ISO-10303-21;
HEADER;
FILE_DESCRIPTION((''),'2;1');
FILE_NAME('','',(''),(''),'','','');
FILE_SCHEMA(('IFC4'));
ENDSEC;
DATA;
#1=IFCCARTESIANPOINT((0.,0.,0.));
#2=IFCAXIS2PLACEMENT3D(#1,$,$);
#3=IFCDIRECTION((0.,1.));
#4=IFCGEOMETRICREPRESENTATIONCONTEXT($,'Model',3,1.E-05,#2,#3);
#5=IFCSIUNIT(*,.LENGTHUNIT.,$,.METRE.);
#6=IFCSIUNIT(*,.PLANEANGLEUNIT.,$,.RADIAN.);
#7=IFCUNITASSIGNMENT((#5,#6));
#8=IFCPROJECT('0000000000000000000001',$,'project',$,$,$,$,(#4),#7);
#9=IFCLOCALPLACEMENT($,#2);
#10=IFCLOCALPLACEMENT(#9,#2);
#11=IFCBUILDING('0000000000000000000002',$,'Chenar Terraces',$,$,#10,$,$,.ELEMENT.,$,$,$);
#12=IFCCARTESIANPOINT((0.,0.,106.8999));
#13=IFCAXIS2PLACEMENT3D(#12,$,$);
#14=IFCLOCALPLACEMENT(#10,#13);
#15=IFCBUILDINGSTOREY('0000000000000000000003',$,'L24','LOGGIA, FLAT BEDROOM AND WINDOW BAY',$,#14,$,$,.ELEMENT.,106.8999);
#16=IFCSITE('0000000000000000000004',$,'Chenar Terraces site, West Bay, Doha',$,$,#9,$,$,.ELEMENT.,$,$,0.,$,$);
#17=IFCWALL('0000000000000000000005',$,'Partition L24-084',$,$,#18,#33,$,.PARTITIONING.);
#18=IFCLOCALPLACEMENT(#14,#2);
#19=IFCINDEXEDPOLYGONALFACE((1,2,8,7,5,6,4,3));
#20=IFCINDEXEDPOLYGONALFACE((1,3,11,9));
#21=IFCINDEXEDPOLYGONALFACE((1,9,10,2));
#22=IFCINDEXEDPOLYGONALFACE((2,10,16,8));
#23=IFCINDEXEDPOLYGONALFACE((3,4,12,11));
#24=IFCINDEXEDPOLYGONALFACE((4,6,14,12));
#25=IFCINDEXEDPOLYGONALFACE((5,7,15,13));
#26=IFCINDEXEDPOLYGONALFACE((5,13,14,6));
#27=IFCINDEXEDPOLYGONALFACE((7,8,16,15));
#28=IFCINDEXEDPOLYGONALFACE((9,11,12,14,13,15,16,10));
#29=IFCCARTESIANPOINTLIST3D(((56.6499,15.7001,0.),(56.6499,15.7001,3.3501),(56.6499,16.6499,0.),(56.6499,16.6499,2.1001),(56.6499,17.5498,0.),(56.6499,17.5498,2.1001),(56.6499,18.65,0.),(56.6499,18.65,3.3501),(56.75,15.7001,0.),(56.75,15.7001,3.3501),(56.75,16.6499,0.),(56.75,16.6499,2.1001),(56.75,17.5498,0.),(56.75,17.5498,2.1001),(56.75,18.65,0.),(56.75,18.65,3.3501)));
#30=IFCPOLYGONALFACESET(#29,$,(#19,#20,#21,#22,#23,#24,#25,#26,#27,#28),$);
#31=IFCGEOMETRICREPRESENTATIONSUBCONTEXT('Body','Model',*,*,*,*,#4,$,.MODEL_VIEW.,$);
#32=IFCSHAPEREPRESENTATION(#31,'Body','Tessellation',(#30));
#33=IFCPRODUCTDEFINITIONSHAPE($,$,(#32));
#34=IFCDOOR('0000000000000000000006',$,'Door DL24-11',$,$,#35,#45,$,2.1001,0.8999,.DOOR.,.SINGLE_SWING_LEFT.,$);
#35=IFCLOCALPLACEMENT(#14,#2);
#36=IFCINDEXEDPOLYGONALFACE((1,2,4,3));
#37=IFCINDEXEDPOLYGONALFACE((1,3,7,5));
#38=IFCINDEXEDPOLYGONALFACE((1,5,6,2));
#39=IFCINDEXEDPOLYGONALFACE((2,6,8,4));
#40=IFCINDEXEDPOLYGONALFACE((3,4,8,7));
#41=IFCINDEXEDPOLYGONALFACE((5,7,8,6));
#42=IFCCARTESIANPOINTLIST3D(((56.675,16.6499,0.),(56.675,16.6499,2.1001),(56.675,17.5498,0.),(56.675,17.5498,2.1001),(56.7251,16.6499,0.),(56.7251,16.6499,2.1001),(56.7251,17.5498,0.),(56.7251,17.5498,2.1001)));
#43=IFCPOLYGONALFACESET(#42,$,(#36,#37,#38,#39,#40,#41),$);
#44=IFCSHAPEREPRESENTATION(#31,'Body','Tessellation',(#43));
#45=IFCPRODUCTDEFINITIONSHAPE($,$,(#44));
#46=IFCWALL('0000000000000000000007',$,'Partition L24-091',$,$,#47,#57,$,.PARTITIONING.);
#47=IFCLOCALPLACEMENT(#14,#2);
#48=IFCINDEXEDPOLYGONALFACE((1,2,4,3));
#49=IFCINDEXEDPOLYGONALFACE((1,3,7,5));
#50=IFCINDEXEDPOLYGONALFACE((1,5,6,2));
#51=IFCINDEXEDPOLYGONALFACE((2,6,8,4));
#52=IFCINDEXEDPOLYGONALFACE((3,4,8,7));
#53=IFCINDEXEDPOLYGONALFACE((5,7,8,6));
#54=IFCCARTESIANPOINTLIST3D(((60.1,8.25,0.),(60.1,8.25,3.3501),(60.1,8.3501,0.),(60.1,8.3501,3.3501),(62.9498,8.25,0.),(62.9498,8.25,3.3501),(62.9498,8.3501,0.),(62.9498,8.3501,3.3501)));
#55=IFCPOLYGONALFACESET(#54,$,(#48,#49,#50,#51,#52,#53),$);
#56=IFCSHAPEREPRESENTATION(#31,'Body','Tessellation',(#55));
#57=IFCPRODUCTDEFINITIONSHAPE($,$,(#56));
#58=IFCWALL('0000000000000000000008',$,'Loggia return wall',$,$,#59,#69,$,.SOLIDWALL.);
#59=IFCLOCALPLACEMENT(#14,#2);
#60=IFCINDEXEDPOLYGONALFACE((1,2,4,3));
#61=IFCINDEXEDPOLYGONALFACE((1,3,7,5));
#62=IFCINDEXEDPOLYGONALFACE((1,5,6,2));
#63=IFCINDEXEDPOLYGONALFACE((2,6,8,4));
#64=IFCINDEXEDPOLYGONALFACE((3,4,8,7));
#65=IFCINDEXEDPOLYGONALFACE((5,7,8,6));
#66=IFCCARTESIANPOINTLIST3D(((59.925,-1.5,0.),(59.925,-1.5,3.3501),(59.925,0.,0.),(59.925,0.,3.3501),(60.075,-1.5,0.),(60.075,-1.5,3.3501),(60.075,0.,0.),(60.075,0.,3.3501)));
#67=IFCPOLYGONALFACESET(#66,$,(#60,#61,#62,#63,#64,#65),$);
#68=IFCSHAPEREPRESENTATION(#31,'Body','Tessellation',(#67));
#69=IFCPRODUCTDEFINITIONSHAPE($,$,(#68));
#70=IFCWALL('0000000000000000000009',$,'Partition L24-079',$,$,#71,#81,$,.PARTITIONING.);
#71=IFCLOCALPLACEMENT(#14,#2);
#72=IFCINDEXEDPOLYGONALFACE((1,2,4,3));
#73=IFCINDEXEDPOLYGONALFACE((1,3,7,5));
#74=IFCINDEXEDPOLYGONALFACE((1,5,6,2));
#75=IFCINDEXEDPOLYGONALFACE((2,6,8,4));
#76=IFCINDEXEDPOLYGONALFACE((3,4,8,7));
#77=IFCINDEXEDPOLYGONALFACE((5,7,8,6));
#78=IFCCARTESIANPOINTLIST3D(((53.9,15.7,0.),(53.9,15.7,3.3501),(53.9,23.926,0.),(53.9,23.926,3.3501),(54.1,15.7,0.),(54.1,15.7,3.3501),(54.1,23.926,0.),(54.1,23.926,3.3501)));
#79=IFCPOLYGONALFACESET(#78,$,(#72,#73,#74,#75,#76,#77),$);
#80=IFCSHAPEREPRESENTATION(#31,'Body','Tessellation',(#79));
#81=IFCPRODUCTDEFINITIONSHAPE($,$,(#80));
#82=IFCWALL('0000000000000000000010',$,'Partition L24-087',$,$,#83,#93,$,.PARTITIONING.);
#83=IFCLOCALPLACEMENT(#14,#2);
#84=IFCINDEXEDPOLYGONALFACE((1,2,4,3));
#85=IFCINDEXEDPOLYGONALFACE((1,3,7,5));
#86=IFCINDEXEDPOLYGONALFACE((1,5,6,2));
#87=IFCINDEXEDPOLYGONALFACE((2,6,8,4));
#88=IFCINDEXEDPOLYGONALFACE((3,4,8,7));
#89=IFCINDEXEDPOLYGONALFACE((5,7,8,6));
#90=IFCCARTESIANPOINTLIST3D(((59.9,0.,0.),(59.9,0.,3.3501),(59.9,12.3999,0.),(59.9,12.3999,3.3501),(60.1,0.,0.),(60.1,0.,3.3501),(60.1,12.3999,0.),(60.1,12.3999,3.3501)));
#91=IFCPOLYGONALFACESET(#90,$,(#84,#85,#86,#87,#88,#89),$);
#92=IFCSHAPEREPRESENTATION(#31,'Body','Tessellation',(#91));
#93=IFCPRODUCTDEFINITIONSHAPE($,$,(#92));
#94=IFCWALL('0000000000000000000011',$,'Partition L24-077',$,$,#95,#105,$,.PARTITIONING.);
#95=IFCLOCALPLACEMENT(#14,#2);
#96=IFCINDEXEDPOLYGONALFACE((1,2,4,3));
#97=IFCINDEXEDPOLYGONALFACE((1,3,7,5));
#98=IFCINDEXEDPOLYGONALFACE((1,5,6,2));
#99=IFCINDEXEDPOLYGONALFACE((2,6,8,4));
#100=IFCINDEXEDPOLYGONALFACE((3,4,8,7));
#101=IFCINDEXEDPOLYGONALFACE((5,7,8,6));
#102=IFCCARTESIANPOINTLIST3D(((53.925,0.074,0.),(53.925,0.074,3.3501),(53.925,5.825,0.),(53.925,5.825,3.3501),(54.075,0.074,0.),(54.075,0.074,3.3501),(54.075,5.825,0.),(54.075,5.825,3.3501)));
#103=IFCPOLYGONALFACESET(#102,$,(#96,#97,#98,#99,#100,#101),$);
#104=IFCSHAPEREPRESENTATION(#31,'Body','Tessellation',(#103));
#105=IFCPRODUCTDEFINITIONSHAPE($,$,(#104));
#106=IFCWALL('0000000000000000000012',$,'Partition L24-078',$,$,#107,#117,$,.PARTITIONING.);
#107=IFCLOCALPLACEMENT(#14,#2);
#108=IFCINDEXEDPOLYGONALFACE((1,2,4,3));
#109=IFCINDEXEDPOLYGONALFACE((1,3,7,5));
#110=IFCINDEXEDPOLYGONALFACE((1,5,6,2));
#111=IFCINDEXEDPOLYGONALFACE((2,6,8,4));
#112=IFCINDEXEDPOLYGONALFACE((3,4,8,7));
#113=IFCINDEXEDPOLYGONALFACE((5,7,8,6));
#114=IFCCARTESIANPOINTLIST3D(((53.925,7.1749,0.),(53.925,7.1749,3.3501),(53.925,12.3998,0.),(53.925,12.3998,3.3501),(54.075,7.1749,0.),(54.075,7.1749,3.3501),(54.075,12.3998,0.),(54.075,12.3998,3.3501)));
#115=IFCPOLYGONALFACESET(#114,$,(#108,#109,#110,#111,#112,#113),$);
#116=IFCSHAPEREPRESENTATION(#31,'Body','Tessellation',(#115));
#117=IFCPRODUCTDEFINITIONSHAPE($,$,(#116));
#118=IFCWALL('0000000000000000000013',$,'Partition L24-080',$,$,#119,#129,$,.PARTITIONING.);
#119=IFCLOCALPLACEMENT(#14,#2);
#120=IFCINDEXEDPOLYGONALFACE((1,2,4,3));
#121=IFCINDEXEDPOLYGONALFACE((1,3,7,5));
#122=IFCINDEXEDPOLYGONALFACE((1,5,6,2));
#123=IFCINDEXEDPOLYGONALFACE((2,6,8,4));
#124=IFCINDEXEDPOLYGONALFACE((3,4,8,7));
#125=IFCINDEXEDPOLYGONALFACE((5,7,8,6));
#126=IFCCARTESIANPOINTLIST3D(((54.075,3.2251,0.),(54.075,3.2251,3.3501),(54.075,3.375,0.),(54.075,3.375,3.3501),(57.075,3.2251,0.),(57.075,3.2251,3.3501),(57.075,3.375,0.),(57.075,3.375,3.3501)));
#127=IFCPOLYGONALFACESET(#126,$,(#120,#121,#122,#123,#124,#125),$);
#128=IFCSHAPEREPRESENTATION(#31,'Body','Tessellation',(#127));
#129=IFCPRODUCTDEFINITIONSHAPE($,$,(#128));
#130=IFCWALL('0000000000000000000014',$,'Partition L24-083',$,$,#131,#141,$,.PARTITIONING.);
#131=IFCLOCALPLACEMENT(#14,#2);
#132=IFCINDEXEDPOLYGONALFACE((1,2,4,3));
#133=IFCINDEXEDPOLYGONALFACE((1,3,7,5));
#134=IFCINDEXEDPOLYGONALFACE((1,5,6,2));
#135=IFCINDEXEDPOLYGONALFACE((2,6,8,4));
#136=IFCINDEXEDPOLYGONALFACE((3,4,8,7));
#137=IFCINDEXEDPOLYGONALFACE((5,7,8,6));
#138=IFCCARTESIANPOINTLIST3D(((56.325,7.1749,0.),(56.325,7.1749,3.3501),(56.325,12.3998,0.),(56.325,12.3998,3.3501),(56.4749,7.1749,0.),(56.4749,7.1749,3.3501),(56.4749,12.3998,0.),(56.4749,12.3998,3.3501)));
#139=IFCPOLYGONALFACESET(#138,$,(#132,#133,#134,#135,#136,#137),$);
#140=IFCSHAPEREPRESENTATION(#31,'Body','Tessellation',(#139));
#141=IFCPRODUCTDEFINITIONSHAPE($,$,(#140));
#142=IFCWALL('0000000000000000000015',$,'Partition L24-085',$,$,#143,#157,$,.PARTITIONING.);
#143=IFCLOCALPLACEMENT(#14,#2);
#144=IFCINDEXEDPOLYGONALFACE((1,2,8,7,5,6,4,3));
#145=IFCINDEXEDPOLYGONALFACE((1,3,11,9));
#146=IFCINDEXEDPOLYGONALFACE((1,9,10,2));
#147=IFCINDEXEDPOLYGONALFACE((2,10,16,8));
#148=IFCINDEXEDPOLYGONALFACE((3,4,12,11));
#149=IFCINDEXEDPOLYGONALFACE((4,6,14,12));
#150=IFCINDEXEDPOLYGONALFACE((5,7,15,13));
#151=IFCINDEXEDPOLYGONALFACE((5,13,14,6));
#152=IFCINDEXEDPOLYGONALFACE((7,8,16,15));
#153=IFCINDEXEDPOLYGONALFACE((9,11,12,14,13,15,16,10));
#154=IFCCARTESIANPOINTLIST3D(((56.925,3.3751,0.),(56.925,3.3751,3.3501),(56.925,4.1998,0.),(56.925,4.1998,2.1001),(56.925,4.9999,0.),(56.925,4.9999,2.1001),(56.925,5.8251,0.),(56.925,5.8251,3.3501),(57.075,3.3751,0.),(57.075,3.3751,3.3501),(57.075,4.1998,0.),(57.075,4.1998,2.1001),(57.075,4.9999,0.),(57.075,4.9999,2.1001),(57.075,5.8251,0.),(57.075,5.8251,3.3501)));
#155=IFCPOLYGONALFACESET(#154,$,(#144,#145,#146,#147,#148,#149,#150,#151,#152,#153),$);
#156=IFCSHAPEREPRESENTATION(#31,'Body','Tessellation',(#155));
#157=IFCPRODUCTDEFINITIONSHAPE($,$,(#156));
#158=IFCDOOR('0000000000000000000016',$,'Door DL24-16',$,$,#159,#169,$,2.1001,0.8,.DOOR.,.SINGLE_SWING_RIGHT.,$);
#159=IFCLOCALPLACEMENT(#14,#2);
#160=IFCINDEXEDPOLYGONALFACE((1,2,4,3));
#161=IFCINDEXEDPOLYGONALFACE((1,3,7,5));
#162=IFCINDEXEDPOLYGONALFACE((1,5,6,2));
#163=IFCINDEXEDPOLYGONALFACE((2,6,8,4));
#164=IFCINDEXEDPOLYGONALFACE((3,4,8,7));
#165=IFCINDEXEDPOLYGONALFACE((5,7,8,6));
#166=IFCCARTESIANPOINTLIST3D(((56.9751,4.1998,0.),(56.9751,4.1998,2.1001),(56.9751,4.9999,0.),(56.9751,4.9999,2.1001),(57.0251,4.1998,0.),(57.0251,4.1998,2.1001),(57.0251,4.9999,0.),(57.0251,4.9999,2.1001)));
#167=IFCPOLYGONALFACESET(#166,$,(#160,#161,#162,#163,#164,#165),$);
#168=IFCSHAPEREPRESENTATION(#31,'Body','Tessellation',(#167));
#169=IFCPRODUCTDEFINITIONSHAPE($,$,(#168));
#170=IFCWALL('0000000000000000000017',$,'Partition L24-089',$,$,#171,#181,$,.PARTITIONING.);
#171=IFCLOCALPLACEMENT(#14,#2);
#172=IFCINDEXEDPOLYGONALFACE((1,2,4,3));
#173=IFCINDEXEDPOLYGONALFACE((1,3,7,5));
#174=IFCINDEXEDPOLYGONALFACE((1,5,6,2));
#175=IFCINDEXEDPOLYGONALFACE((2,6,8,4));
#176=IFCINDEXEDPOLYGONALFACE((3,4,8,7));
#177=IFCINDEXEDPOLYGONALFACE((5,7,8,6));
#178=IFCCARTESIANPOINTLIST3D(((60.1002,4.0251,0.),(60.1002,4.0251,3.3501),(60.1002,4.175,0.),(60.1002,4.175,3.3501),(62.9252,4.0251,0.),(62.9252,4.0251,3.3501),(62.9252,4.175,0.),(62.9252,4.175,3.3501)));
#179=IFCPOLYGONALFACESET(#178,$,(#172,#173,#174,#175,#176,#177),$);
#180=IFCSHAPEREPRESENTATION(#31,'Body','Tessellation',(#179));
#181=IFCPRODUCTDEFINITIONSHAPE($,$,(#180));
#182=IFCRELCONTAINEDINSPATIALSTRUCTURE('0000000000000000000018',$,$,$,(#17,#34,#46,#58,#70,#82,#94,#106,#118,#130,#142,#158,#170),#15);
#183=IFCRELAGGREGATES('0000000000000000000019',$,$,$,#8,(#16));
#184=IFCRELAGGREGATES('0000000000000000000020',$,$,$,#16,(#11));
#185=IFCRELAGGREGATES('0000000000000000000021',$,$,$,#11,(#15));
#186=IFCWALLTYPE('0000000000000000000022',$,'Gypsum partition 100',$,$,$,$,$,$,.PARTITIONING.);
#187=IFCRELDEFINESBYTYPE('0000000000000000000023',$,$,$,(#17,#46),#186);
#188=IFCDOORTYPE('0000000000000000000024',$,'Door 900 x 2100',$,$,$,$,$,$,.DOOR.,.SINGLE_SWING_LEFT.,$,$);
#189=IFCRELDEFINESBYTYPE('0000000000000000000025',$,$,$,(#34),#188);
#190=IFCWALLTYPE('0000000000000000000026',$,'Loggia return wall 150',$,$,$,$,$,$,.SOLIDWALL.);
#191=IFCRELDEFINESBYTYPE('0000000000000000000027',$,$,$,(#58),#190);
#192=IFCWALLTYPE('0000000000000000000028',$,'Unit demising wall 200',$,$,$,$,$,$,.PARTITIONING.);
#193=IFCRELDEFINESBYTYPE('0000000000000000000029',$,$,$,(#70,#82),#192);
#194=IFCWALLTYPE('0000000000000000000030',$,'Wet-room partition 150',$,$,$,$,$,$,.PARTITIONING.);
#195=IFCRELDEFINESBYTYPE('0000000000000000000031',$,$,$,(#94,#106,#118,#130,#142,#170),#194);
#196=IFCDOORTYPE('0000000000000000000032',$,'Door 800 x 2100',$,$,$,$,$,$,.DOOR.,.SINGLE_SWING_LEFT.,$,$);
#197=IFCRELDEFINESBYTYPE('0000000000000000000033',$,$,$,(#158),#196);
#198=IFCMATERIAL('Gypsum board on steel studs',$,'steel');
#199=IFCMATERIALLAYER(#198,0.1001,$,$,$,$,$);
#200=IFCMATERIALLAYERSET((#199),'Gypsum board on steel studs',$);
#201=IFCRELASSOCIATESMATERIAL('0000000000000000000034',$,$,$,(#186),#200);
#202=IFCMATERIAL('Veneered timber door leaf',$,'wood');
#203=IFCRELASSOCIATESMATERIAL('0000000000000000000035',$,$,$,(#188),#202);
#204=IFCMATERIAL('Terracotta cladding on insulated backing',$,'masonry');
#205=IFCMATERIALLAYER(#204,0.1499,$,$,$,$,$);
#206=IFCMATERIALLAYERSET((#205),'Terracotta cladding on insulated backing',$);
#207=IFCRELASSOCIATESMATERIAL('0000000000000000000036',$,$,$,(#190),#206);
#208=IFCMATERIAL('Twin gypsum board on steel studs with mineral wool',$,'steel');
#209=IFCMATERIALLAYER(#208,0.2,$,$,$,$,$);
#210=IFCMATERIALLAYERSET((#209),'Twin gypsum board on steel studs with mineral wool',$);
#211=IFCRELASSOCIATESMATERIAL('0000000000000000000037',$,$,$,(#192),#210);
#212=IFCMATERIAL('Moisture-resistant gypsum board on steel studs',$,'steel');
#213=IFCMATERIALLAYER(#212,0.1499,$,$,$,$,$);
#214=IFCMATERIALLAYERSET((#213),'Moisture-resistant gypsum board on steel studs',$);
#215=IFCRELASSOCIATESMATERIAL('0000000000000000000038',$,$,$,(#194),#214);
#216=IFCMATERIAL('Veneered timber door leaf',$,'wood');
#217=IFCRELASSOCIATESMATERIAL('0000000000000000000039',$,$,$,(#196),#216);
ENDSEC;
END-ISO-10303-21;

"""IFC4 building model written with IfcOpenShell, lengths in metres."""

from ifc_helpers import new_model, si_unit, direction, frame, frame_2d, origin, place, context, subcontext, project, spatial, rectangle, extrude, material, layer, layer_set, type_object, element, fill, save


model = new_model("IFC4")

# Units and contexts
model_context = context("Model", 3, precision=1e-05, world=origin(), true_north=direction((0.0, 1.0)))
body_context = subcontext(model_context, "Body", "Model", "MODEL_VIEW")
ifc_project = project(units=[si_unit("LENGTHUNIT", "METRE"), si_unit("PLANEANGLEUNIT", "RADIAN")], contexts=[model_context])

# Site, building, storey
site_placement = place(None, origin())
site = spatial("IfcSite", under=ifc_project, at=site_placement, Name="Chenar Terraces site, West Bay, Doha", CompositionType="ELEMENT", RefElevation=0.0)
building_placement = place(site_placement, origin())
building = spatial("IfcBuilding", under=site, at=building_placement, Name="Chenar Terraces", CompositionType="ELEMENT")
storey_placement = place(building_placement, frame((0.0, 0.0, 106.8999)))
storey = spatial("IfcBuildingStorey", under=building, at=storey_placement, Name="L24", Description="LOGGIA, FLAT BEDROOM AND WINDOW BAY", CompositionType="ELEMENT", Elevation=106.8999)

# Shared definitions
ifc_material_1 = material(Name="Gypsum board on steel studs", Category="steel")
ifc_layer_1 = layer(ifc_material_1, 0.1001)
ifc_layer_set_1 = layer_set([ifc_layer_1], Name="Gypsum board on steel studs")
wall_type_1 = type_object("IfcWallType", Name="Gypsum partition 100", PredefinedType="PARTITIONING", material=ifc_layer_set_1)

# Wall, opening, door
wall_1_placement = place(storey_placement, frame((56.7, 15.7, 0.0), z_axis=(0.0, 0.0, 1.0), x_axis=(0.0, 1.0, 0.0)))
wall_1 = element("IfcWall", 1, at=wall_1_placement, inside=storey, type_object=wall_type_1, Name="Partition L24-084", PredefinedType="PARTITIONING", context=body_context, shape_type="SweptSolid", body=[
    extrude(rectangle(XDim=2.95, YDim=0.1001, at=frame_2d((1.4751, 0.0))), origin(), (0.0, 0.0, 1.0), 3.3501),
])
opening_1_placement = place(wall_1_placement, frame((0.95, 0.0, 0.0)))
opening_1 = element("IfcOpeningElement", 2, at=opening_1_placement, cuts=wall_1, PredefinedType="OPENING", context=body_context, shape_type="SweptSolid", body=[
    extrude(rectangle(XDim=0.8999, YDim=2.1001, at=frame_2d((0.45, 1.05))), frame((0.0, 0.0601, 0.0), z_axis=(0.0, -1.0, 0.0), x_axis=(1.0, 0.0, 0.0)), (0.0, 0.0, 1.0), 0.1201),
])
ifc_material_2 = material(Name="Veneered timber door leaf", Category="wood")
door_type_1 = type_object("IfcDoorType", Name="Door 900 x 2100", OperationType="SINGLE_SWING_LEFT", PredefinedType="DOOR", material=ifc_material_2)
door_1_placement = place(opening_1_placement, origin())
door_1 = element("IfcDoor", 3, at=door_1_placement, inside=storey, type_object=door_type_1, Name="Door DL24-11", OperationType="SINGLE_SWING_LEFT", OverallHeight=2.1001, OverallWidth=0.8999, PredefinedType="DOOR", context=body_context, shape_type="SweptSolid", body=[
    extrude(rectangle(XDim=0.8999, YDim=2.1001, at=frame_2d((0.45, 1.05))), frame((0.0, 0.0249, 0.0), z_axis=(0.0, -1.0, 0.0), x_axis=(1.0, 0.0, 0.0)), (0.0, 0.0, 1.0), 0.05),
])
fill(opening_1, door_1)

# Walls
wall_2_placement = place(storey_placement, frame((60.1001, 8.3, 0.0), z_axis=(0.0, 0.0, 1.0), x_axis=(1.0, 0.0, 0.0)))
element("IfcWall", 4, at=wall_2_placement, inside=storey, type_object=wall_type_1, Name="Partition L24-091", PredefinedType="PARTITIONING", context=body_context, shape_type="SweptSolid", body=[
    extrude(rectangle(XDim=2.8499, YDim=0.1001, at=frame_2d((1.4248, 0.0))), origin(), (0.0, 0.0, 1.0), 3.3501),
])
ifc_material_3 = material(Name="Terracotta cladding on insulated backing", Category="masonry")
ifc_layer_2 = layer(ifc_material_3, 0.1499)
ifc_layer_set_2 = layer_set([ifc_layer_2], Name="Terracotta cladding on insulated backing")
wall_type_2 = type_object("IfcWallType", Name="Loggia return wall 150", PredefinedType="SOLIDWALL", material=ifc_layer_set_2)
wall_3_placement = place(storey_placement, frame((60.0, -1.5, 0.0), z_axis=(0.0, 0.0, 1.0), x_axis=(0.0, 1.0, 0.0)))
element("IfcWall", 5, at=wall_3_placement, inside=storey, type_object=wall_type_2, Name="Loggia return wall", PredefinedType="SOLIDWALL", context=body_context, shape_type="SweptSolid", body=[
    extrude(rectangle(XDim=1.5, YDim=0.1499, at=frame_2d((0.75, 0.0))), origin(), (0.0, 0.0, 1.0), 3.3501),
])
ifc_material_4 = material(Name="Twin gypsum board on steel studs with mineral wool", Category="steel")
ifc_layer_3 = layer(ifc_material_4, 0.2)
ifc_layer_set_3 = layer_set([ifc_layer_3], Name="Twin gypsum board on steel studs with mineral wool")
wall_type_3 = type_object("IfcWallType", Name="Unit demising wall 200", PredefinedType="PARTITIONING", material=ifc_layer_set_3)
wall_4_placement = place(storey_placement, frame((54.0, 15.7, 0.0), z_axis=(0.0, 0.0, 1.0), x_axis=(0.0, 1.0, 0.0)))
element("IfcWall", 6, at=wall_4_placement, inside=storey, type_object=wall_type_3, Name="Partition L24-079", PredefinedType="PARTITIONING", context=body_context, shape_type="SweptSolid", body=[
    extrude(rectangle(XDim=8.2261, YDim=0.2, at=frame_2d((4.113, 0.0))), origin(), (0.0, 0.0, 1.0), 3.3501),
])
wall_5_placement = place(storey_placement, frame((60.0, 0.0, 0.0), z_axis=(0.0, 0.0, 1.0), x_axis=(0.0, 1.0, 0.0)))
element("IfcWall", 7, at=wall_5_placement, inside=storey, type_object=wall_type_3, Name="Partition L24-087", PredefinedType="PARTITIONING", context=body_context, shape_type="SweptSolid", body=[
    extrude(rectangle(XDim=12.3999, YDim=0.2, at=frame_2d((6.2, 0.0))), origin(), (0.0, 0.0, 1.0), 3.3501),
])
ifc_material_5 = material(Name="Moisture-resistant gypsum board on steel studs", Category="steel")
ifc_layer_4 = layer(ifc_material_5, 0.1499)
ifc_layer_set_4 = layer_set([ifc_layer_4], Name="Moisture-resistant gypsum board on steel studs")
wall_type_4 = type_object("IfcWallType", Name="Wet-room partition 150", PredefinedType="PARTITIONING", material=ifc_layer_set_4)
wall_6_placement = place(storey_placement, frame((54.0, 0.074, 0.0), z_axis=(0.0, 0.0, 1.0), x_axis=(0.0, 1.0, 0.0)))
element("IfcWall", 8, at=wall_6_placement, inside=storey, type_object=wall_type_4, Name="Partition L24-077", PredefinedType="PARTITIONING", context=body_context, shape_type="SweptSolid", body=[
    extrude(rectangle(XDim=5.751, YDim=0.1499, at=frame_2d((2.8755, 0.0))), origin(), (0.0, 0.0, 1.0), 3.3501),
])
wall_7_placement = place(storey_placement, frame((54.0, 7.175, 0.0), z_axis=(0.0, 0.0, 1.0), x_axis=(0.0, 1.0, 0.0)))
element("IfcWall", 9, at=wall_7_placement, inside=storey, type_object=wall_type_4, Name="Partition L24-078", PredefinedType="PARTITIONING", context=body_context, shape_type="SweptSolid", body=[
    extrude(rectangle(XDim=5.2249, YDim=0.1499, at=frame_2d((2.6123, 0.0))), origin(), (0.0, 0.0, 1.0), 3.3501),
])
wall_8_placement = place(storey_placement, frame((54.075, 3.3, 0.0), z_axis=(0.0, 0.0, 1.0), x_axis=(1.0, 0.0, 0.0)))
element("IfcWall", 10, at=wall_8_placement, inside=storey, type_object=wall_type_4, Name="Partition L24-080", PredefinedType="PARTITIONING", context=body_context, shape_type="SweptSolid", body=[
    extrude(rectangle(XDim=3.0, YDim=0.1499, at=frame_2d((1.5, 0.0))), origin(), (0.0, 0.0, 1.0), 3.3501),
])
wall_9_placement = place(storey_placement, frame((56.3999, 7.175, 0.0), z_axis=(0.0, 0.0, 1.0), x_axis=(0.0, 1.0, 0.0)))
element("IfcWall", 11, at=wall_9_placement, inside=storey, type_object=wall_type_4, Name="Partition L24-083", PredefinedType="PARTITIONING", context=body_context, shape_type="SweptSolid", body=[
    extrude(rectangle(XDim=5.2249, YDim=0.1499, at=frame_2d((2.6123, 0.0))), origin(), (0.0, 0.0, 1.0), 3.3501),
])

# Wall, opening, door
wall_10_placement = place(storey_placement, frame((57.0, 3.375, 0.0), z_axis=(0.0, 0.0, 1.0), x_axis=(0.0, 1.0, 0.0)))
wall_10 = element("IfcWall", 12, at=wall_10_placement, inside=storey, type_object=wall_type_4, Name="Partition L24-085", PredefinedType="PARTITIONING", context=body_context, shape_type="SweptSolid", body=[
    extrude(rectangle(XDim=2.45, YDim=0.1499, at=frame_2d((1.2251, 0.0))), origin(), (0.0, 0.0, 1.0), 3.3501),
])
opening_2_placement = place(wall_10_placement, frame((0.825, 0.0, 0.0)))
opening_2 = element("IfcOpeningElement", 13, at=opening_2_placement, cuts=wall_10, PredefinedType="OPENING", context=body_context, shape_type="SweptSolid", body=[
    extrude(rectangle(XDim=0.8, YDim=2.1001, at=frame_2d((0.3999, 1.05))), frame((0.0, 0.085, 0.0), z_axis=(0.0, -1.0, 0.0), x_axis=(1.0, 0.0, 0.0)), (0.0, 0.0, 1.0), 0.1699),
])
ifc_material_6 = material(Name="Veneered timber door leaf", Category="wood")
door_type_2 = type_object("IfcDoorType", Name="Door 800 x 2100", OperationType="SINGLE_SWING_LEFT", PredefinedType="DOOR", material=ifc_material_6)
door_2_placement = place(opening_2_placement, origin())
door_2 = element("IfcDoor", 14, at=door_2_placement, inside=storey, type_object=door_type_2, Name="Door DL24-16", OperationType="SINGLE_SWING_RIGHT", OverallHeight=2.1001, OverallWidth=0.8, PredefinedType="DOOR", context=body_context, shape_type="SweptSolid", body=[
    extrude(rectangle(XDim=0.8, YDim=2.1001, at=frame_2d((0.3999, 1.05))), frame((0.0, 0.0249, 0.0), z_axis=(0.0, -1.0, 0.0), x_axis=(1.0, 0.0, 0.0)), (0.0, 0.0, 1.0), 0.05),
])
fill(opening_2, door_2)

# Wall
wall_11_placement = place(storey_placement, frame((60.1001, 4.1001, 0.0), z_axis=(0.0, 0.0, 1.0), x_axis=(1.0, 0.0, 0.0)))
element("IfcWall", 15, at=wall_11_placement, inside=storey, type_object=wall_type_4, Name="Partition L24-089", PredefinedType="PARTITIONING", context=body_context, shape_type="SweptSolid", body=[
    extrude(rectangle(XDim=2.825, YDim=0.1499, at=frame_2d((1.4126, 0.0))), origin(), (0.0, 0.0, 1.0), 3.3501),
])

save(model, "model.ifc")
